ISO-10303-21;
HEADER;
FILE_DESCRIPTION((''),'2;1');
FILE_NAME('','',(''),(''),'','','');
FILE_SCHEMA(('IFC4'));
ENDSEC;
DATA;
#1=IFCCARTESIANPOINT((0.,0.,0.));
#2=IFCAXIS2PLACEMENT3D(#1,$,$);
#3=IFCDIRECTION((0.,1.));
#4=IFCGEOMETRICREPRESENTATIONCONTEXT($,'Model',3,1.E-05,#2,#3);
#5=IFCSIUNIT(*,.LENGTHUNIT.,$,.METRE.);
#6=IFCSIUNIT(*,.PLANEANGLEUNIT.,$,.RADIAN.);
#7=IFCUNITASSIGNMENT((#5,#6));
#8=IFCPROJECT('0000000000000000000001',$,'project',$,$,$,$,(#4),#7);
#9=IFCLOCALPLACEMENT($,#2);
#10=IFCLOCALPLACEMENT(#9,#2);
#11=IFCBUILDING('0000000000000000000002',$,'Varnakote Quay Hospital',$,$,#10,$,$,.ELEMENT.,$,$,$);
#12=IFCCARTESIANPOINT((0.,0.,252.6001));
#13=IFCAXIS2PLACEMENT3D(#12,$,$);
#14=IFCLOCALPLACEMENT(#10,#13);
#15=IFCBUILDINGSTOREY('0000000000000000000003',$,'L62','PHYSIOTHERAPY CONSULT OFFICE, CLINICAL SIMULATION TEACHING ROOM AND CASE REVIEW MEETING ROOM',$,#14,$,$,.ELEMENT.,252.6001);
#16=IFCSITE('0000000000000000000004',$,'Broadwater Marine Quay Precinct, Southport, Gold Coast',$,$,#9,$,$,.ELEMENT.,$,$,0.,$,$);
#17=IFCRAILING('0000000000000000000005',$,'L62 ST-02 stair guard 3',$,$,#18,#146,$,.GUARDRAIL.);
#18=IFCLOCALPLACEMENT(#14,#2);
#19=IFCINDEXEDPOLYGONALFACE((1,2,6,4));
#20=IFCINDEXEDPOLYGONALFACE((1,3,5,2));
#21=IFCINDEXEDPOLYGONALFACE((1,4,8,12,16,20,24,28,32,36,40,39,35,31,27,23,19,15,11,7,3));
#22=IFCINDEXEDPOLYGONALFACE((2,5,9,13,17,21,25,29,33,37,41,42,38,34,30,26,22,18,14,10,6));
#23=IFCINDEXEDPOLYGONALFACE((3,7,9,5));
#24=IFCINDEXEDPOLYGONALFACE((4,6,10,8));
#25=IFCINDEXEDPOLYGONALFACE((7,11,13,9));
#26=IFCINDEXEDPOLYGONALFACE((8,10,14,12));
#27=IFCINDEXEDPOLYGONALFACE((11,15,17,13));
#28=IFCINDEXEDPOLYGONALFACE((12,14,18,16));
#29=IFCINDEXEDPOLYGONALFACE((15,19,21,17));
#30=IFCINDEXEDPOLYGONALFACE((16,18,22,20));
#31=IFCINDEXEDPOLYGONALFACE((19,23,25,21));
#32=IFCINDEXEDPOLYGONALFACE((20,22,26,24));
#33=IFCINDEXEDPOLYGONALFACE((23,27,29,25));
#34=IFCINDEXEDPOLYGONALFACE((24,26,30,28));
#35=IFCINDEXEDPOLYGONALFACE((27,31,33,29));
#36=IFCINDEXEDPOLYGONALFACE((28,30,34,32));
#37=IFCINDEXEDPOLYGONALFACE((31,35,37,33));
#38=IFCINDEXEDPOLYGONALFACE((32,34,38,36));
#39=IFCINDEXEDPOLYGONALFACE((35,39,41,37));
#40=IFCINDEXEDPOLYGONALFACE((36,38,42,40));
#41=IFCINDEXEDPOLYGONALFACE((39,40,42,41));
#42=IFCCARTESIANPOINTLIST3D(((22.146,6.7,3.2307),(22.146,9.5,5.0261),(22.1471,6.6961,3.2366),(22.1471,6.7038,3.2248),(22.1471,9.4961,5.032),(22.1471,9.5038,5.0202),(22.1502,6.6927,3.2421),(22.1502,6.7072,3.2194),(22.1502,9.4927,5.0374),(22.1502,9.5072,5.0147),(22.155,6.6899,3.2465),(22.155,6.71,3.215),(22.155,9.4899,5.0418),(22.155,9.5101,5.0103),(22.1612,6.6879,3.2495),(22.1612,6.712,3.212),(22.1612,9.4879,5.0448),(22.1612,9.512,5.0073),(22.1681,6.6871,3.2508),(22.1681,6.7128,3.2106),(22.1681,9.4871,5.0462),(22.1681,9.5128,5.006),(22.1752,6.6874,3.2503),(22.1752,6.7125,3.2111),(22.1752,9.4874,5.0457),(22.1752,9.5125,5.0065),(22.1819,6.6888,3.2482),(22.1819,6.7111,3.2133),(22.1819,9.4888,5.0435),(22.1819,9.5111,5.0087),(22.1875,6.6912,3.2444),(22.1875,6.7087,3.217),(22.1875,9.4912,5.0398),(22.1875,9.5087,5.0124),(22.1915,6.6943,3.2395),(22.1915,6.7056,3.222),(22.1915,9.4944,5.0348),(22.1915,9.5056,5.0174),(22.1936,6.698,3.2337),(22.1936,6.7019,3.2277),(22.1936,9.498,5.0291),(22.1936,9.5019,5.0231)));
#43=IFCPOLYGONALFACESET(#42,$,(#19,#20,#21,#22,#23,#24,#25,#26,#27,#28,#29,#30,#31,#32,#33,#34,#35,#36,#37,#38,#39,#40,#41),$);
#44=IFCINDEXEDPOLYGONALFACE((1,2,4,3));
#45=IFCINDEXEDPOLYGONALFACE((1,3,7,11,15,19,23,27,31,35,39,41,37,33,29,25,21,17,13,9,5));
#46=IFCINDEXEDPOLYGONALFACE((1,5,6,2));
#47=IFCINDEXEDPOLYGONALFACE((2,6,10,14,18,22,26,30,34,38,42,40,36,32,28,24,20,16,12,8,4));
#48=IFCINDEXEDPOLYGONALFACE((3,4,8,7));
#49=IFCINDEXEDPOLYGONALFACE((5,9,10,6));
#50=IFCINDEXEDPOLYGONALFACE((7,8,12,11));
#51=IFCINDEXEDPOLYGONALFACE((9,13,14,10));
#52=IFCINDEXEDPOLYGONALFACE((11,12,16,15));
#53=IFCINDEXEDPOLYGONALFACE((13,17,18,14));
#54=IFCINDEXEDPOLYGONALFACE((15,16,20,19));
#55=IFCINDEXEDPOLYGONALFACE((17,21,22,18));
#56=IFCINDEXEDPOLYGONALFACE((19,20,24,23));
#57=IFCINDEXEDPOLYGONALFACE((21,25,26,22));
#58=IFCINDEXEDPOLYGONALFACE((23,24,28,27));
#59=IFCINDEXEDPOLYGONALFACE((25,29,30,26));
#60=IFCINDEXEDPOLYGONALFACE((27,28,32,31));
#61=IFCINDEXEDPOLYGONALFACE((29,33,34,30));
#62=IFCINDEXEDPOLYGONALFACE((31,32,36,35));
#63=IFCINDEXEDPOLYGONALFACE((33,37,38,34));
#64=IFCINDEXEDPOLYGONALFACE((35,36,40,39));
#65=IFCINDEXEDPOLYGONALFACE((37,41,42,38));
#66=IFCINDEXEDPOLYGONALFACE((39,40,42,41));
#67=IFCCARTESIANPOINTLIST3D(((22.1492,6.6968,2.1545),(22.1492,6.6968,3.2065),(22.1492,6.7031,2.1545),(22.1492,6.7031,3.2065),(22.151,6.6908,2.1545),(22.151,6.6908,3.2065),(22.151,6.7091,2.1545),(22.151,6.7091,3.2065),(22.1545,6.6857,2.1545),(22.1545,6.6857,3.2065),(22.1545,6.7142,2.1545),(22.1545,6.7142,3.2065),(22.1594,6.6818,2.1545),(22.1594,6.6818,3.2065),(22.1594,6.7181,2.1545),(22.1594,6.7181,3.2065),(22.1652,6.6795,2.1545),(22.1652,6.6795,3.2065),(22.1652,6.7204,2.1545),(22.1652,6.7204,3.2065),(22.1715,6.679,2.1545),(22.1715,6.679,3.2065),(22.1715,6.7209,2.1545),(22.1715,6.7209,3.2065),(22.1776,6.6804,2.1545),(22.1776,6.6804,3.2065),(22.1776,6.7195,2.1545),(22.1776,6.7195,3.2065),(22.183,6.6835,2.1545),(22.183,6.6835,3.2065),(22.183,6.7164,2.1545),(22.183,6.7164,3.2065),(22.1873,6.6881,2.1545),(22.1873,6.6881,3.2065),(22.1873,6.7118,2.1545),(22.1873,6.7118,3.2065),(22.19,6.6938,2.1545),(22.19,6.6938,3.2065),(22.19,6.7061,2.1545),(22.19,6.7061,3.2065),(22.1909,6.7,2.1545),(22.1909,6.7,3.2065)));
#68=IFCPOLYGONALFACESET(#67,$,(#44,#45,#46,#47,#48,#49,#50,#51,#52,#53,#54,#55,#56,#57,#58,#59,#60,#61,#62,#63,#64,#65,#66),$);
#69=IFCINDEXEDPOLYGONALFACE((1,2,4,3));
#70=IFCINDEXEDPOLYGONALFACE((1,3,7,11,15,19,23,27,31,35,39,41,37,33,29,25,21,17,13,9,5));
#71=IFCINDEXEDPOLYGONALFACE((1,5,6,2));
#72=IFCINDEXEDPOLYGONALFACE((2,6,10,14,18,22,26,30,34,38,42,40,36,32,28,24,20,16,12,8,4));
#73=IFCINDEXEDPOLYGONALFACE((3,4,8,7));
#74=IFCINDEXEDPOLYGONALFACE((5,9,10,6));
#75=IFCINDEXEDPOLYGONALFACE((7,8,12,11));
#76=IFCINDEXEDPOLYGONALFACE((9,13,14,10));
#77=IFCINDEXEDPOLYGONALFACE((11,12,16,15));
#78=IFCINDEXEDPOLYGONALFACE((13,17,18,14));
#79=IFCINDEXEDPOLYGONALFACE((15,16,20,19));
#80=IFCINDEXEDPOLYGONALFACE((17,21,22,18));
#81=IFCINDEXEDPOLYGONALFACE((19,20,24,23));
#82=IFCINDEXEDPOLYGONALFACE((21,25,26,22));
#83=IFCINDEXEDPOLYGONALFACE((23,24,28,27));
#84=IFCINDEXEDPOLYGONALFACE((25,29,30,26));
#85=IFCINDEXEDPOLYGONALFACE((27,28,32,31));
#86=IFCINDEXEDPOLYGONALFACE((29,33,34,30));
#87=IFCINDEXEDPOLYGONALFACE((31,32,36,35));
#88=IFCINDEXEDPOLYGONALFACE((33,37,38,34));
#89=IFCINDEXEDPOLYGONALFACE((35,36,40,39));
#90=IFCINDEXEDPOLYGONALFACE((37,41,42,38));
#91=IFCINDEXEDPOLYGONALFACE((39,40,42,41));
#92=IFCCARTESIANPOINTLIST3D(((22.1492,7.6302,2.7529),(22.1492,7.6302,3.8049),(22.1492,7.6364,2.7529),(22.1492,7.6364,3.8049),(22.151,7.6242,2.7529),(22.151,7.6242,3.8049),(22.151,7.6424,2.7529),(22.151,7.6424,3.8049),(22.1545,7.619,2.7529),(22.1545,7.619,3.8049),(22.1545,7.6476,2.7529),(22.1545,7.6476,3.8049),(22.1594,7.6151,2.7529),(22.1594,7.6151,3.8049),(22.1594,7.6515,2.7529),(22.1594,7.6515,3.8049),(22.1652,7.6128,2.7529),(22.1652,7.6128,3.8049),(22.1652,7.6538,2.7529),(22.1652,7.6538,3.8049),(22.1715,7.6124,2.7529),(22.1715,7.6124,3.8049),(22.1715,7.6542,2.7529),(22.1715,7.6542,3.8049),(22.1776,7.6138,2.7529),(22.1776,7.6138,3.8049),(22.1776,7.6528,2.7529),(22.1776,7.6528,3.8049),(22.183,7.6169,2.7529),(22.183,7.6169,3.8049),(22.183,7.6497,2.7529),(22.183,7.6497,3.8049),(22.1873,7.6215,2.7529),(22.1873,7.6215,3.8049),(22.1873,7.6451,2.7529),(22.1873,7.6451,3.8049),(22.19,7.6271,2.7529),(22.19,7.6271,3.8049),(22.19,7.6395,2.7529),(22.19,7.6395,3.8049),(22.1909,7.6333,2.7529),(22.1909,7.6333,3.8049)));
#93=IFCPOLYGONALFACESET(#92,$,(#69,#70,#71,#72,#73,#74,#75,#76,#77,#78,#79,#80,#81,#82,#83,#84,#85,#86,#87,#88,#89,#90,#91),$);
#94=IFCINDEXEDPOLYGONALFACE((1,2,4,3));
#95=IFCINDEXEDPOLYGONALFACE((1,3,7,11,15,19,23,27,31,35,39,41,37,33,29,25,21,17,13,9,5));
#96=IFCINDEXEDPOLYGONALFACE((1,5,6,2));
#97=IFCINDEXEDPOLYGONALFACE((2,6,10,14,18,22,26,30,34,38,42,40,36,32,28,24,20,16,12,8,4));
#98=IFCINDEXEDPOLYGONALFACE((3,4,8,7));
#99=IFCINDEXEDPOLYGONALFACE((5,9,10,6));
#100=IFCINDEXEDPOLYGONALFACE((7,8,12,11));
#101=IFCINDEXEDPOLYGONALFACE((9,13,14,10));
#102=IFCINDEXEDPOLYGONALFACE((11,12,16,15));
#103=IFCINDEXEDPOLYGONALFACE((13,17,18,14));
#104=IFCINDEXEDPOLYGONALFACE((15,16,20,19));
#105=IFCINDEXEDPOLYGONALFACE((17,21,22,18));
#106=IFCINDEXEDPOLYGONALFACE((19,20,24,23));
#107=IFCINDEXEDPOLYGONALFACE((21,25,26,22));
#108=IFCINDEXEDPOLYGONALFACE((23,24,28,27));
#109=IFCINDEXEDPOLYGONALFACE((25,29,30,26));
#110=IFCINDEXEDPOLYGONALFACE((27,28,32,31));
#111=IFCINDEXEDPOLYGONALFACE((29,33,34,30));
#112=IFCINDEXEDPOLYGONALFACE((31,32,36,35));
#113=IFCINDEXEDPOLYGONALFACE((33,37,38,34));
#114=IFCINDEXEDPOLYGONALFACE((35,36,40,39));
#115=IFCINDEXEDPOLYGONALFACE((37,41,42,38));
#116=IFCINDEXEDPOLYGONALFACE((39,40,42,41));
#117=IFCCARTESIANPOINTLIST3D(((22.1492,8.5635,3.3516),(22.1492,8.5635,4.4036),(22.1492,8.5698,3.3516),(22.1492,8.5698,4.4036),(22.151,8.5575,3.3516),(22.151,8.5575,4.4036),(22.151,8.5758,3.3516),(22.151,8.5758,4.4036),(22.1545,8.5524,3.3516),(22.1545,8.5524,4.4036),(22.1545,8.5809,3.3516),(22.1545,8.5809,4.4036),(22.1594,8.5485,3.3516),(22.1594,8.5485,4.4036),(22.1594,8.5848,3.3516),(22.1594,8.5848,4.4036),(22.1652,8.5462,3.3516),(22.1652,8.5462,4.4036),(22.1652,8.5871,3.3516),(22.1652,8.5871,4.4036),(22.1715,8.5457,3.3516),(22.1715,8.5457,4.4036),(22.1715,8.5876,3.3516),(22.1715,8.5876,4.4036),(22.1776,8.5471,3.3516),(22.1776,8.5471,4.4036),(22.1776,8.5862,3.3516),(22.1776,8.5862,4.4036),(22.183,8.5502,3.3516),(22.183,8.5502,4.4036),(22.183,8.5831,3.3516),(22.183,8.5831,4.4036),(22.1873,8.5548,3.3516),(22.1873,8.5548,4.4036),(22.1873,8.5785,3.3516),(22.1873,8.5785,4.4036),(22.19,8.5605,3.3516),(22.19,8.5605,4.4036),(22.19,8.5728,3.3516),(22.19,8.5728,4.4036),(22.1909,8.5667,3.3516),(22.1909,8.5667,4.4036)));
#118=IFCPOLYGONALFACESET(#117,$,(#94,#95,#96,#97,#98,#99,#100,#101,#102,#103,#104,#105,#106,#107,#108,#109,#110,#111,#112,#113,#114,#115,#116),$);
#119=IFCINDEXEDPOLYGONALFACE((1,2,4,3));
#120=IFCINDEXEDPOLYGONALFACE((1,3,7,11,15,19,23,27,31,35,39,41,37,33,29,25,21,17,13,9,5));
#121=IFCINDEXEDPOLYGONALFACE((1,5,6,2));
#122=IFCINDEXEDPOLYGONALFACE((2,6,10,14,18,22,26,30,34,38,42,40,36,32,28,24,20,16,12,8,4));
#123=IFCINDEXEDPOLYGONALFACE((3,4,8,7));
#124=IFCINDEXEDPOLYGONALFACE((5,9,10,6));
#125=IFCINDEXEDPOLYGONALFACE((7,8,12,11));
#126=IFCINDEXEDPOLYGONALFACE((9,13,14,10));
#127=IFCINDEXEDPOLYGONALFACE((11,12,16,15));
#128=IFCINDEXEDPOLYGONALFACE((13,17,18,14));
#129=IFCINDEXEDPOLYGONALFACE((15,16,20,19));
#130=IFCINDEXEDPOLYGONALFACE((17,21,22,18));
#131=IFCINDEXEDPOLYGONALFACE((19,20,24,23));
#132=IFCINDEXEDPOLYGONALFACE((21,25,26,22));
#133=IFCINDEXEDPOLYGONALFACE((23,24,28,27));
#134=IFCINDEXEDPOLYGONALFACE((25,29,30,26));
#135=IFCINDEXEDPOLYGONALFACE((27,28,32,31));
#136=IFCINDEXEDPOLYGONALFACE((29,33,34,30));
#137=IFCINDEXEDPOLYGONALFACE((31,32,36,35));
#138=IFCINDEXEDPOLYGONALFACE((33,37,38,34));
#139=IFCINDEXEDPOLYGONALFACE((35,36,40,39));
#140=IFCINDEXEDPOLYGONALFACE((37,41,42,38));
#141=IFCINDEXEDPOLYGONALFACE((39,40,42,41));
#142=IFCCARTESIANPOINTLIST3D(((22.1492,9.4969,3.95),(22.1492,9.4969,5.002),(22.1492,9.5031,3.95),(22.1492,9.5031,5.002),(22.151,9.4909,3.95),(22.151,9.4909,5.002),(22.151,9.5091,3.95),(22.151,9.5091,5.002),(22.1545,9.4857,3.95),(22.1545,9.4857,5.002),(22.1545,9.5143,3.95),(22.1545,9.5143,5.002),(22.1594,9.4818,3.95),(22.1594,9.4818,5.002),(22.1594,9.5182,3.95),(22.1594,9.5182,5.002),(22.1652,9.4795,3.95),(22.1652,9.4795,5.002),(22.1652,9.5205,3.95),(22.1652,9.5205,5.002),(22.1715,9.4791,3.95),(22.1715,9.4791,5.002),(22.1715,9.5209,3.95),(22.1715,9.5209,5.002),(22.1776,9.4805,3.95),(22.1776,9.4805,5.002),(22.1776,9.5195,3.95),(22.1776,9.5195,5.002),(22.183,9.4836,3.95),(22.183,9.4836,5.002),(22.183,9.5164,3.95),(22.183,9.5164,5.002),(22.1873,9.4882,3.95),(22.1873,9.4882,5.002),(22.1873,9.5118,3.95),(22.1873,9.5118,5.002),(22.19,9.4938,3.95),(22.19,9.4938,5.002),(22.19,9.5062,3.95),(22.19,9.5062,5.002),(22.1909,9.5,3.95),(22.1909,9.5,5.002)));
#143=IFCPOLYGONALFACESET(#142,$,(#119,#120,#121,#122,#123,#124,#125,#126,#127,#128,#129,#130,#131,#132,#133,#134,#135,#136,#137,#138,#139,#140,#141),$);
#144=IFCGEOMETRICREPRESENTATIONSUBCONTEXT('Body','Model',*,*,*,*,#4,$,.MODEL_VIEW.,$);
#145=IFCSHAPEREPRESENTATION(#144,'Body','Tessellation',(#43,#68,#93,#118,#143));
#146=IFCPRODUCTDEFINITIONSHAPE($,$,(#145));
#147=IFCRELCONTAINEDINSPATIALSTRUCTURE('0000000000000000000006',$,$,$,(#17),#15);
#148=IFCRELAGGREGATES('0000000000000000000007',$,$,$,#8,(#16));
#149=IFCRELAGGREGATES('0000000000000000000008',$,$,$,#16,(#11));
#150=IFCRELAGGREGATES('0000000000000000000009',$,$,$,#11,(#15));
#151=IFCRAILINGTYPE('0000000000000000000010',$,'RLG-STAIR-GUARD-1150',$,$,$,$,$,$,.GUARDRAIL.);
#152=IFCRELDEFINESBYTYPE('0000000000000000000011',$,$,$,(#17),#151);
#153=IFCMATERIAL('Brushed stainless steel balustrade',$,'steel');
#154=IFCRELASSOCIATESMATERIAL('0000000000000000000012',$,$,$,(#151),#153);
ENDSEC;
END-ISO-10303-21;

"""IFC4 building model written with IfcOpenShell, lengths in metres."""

from ifc_helpers import new_model, si_unit, direction, frame, origin, origin_2d, place, context, subcontext, project, spatial, circle, extrude, material, type_object, element, save


model = new_model("IFC4")

# Units and contexts
model_context = context("Model", 3, precision=1e-05, world=origin(), true_north=direction((0.0, 1.0)))
body_context = subcontext(model_context, "Body", "Model", "MODEL_VIEW")
ifc_project = project(units=[si_unit("LENGTHUNIT", "METRE"), si_unit("PLANEANGLEUNIT", "RADIAN")], contexts=[model_context])

# Site, building, storey
site_placement = place(None, origin())
site = spatial("IfcSite", under=ifc_project, at=site_placement, Name="Broadwater Marine Quay Precinct, Southport, Gold Coast", CompositionType="ELEMENT", RefElevation=0.0)
building_placement = place(site_placement, origin())
building = spatial("IfcBuilding", under=site, at=building_placement, Name="Varnakote Quay Hospital", CompositionType="ELEMENT")
storey_placement = place(building_placement, frame((0.0, 0.0, 252.6001)))
storey = spatial("IfcBuildingStorey", under=building, at=storey_placement, Name="L62", Description="PHYSIOTHERAPY CONSULT OFFICE, CLINICAL SIMULATION TEACHING ROOM AND CASE REVIEW MEETING ROOM", CompositionType="ELEMENT", Elevation=252.6001)

# Railing
ifc_material_1 = material(Name="Brushed stainless steel balustrade", Category="steel")
railing_type_1 = type_object("IfcRailingType", Name="RLG-STAIR-GUARD-1150", PredefinedType="GUARDRAIL", material=ifc_material_1)
railing_1_placement = place(storey_placement, frame((22.1699, 6.7, 2.1545)))
element("IfcRailing", 1, at=railing_1_placement, inside=storey, type_object=railing_type_1, Name="L62 ST-02 stair guard 3", PredefinedType="GUARDRAIL", context=body_context, shape_type="SweptSolid", body=[
    extrude(circle(Radius=0.0239, at=origin_2d()), frame((0.0, 0.0, 1.0762), z_axis=(0.0, 0.84181, 0.539774), x_axis=(-1.0, 0.0, 0.0)), (0.0, 0.0, 1.0), 3.3262),
    extrude(circle(Radius=0.021, at=origin_2d()), origin(), (0.0, 0.0, 1.0), 1.052),
    extrude(circle(Radius=0.021, at=origin_2d()), frame((0.0, 0.9333, 0.5984)), (0.0, 0.0, 1.0), 1.052),
    extrude(circle(Radius=0.021, at=origin_2d()), frame((0.0, 1.8667, 1.197)), (0.0, 0.0, 1.0), 1.052),
    extrude(circle(Radius=0.021, at=origin_2d()), frame((0.0, 2.8, 1.7954)), (0.0, 0.0, 1.0), 1.052),
])

save(model, "model.ifc")
